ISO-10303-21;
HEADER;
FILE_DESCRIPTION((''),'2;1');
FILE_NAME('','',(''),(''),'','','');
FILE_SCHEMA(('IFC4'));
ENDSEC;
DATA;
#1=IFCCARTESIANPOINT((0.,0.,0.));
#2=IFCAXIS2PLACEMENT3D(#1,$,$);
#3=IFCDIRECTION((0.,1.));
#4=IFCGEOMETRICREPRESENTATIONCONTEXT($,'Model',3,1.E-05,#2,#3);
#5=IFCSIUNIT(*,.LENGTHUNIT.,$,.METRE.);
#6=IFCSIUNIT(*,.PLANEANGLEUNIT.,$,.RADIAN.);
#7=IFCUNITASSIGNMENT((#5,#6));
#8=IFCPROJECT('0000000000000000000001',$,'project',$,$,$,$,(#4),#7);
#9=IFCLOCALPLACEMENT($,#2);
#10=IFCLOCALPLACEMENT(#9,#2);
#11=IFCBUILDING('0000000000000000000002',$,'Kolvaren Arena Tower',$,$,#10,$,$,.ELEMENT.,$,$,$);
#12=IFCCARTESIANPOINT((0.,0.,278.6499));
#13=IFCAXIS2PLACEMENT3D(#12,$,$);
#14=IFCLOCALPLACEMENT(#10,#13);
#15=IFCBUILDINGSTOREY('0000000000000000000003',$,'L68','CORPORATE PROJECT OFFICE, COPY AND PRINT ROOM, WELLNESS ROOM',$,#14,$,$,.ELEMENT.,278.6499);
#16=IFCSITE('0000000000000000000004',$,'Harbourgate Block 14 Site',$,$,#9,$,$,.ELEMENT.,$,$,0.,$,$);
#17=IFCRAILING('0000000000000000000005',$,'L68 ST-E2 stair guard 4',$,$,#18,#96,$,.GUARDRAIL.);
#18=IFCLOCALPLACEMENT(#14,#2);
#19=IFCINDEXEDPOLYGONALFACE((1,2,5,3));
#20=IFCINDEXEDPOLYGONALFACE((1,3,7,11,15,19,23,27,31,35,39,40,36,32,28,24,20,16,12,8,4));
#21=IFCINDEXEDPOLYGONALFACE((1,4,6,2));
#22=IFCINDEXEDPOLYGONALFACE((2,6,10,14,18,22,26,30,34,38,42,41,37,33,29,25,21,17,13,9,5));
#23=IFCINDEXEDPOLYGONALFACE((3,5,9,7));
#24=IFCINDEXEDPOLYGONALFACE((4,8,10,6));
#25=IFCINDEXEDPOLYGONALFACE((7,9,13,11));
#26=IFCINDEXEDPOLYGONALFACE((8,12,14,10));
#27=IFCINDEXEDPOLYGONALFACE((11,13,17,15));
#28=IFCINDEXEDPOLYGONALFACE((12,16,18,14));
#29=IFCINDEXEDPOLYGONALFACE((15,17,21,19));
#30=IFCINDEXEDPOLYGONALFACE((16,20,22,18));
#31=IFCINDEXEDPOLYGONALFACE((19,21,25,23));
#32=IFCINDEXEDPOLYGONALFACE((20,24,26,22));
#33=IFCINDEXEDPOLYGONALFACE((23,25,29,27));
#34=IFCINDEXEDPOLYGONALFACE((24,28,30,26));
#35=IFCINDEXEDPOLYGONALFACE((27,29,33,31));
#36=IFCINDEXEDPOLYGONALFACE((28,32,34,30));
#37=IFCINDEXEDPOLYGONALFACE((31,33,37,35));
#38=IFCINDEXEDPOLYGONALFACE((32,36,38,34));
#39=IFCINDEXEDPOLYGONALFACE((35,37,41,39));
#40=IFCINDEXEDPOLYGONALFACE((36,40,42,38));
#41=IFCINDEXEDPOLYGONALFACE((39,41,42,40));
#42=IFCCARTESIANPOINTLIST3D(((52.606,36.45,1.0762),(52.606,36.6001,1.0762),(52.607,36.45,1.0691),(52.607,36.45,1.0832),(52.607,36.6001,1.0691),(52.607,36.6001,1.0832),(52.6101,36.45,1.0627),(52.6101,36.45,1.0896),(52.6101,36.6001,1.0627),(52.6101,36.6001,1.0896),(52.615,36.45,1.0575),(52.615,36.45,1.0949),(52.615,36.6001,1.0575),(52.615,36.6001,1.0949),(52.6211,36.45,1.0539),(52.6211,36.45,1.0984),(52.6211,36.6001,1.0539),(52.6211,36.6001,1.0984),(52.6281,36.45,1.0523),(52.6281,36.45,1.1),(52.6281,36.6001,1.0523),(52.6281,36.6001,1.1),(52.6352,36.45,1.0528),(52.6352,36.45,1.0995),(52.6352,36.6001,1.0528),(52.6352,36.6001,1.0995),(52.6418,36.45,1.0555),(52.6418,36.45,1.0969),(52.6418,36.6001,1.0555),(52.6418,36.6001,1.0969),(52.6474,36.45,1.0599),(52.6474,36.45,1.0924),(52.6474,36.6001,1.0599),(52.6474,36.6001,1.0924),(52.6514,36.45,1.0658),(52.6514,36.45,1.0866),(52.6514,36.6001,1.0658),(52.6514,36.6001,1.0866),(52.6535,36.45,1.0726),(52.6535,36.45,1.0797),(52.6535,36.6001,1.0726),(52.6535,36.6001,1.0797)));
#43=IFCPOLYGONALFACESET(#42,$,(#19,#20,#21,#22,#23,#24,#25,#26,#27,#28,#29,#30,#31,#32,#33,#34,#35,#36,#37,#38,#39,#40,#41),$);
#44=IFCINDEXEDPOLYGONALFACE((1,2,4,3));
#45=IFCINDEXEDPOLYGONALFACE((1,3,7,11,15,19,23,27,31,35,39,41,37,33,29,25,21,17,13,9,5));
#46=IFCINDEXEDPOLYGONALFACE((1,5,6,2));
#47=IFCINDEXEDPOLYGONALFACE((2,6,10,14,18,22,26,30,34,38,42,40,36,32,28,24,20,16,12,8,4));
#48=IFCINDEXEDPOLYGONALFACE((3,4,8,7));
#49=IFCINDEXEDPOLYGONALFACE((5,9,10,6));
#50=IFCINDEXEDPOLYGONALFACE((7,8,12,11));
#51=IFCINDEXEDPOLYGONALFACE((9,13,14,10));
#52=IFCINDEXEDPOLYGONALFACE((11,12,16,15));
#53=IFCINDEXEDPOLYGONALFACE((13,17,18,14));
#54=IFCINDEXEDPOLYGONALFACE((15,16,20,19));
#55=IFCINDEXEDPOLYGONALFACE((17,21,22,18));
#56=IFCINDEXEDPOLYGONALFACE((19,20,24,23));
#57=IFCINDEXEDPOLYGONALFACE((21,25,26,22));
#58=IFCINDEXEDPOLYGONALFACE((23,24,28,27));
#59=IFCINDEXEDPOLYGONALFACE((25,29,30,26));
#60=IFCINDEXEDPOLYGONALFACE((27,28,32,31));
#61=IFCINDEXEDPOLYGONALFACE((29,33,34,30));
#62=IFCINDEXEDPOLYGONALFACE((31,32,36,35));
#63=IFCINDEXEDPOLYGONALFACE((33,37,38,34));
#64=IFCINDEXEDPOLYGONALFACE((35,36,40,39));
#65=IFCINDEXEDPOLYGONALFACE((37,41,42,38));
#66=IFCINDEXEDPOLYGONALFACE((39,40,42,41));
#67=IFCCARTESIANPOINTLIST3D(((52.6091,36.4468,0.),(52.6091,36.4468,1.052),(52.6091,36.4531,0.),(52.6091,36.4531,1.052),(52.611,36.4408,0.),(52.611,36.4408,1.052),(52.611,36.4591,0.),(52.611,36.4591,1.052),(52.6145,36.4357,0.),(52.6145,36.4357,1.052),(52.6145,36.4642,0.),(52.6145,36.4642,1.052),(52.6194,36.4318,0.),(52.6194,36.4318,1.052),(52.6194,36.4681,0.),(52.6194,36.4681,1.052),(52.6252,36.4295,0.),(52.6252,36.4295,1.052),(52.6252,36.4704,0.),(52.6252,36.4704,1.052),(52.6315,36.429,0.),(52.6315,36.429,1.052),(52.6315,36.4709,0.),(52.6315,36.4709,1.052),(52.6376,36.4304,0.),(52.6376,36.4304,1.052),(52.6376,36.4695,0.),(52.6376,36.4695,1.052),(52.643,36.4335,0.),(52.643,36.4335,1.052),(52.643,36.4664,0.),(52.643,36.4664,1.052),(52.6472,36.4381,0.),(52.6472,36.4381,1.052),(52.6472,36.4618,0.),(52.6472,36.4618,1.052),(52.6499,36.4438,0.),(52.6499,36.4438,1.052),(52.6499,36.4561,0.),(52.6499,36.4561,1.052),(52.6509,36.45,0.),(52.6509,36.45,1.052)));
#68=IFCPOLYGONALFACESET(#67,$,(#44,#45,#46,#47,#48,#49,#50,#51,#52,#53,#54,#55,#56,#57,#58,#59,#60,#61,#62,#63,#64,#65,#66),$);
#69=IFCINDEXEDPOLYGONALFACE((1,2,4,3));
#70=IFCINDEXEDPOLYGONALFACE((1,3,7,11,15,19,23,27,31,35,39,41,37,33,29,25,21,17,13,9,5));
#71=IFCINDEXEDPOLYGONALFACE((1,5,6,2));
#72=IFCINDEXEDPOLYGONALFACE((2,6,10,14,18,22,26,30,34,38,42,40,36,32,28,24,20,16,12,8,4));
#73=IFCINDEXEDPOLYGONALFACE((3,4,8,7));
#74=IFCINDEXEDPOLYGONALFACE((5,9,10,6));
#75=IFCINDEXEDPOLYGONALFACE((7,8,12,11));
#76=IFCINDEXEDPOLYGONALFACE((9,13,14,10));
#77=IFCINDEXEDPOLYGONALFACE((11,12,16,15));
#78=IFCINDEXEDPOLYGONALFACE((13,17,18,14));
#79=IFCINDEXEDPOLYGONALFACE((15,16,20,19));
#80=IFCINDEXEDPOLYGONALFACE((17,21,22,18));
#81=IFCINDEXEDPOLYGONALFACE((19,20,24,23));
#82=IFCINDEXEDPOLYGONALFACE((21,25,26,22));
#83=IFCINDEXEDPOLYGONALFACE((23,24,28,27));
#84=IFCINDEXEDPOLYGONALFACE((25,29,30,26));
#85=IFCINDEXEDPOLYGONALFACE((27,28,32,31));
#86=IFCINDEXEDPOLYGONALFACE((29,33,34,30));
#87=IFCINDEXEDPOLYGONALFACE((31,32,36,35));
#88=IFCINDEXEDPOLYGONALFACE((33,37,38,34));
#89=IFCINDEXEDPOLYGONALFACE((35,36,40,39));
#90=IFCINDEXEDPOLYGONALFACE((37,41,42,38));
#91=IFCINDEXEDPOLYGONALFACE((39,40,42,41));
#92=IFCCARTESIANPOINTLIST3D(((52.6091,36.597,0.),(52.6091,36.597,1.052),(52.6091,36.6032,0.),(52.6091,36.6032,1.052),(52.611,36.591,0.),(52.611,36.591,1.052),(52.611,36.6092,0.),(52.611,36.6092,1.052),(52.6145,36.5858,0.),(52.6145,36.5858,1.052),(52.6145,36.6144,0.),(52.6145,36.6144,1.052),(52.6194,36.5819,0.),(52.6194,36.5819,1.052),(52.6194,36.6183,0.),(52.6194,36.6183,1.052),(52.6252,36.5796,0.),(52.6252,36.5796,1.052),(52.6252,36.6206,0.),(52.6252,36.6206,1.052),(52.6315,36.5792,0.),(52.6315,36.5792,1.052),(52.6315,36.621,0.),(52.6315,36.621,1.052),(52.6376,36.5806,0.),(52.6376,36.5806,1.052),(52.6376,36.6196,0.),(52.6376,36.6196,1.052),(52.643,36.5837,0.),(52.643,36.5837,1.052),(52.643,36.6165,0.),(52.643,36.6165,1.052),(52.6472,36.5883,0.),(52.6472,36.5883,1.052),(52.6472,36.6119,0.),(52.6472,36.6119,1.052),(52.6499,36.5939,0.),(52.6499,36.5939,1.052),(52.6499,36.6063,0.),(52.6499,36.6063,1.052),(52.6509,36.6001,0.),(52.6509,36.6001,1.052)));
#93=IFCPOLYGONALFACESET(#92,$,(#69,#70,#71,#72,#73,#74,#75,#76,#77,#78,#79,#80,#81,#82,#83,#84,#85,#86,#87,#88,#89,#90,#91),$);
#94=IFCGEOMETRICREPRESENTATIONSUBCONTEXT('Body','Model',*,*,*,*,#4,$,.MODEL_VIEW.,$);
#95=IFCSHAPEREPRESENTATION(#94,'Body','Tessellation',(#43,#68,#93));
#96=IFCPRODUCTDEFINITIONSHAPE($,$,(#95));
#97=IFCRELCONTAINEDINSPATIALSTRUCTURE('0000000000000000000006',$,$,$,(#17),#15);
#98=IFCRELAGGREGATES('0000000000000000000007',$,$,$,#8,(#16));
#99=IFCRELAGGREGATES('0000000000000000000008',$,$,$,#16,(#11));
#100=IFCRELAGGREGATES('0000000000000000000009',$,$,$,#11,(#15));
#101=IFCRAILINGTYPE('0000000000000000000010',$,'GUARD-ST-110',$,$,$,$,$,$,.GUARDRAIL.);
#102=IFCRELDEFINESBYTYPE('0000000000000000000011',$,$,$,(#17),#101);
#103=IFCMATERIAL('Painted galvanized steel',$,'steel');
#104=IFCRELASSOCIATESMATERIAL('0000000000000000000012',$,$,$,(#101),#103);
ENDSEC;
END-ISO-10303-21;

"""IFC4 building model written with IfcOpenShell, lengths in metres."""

from ifc_helpers import new_model, si_unit, direction, frame, origin, origin_2d, place, context, subcontext, project, spatial, circle, extrude, material, type_object, element, save


model = new_model("IFC4")

# Units and contexts
model_context = context("Model", 3, precision=1e-05, world=origin(), true_north=direction((0.0, 1.0)))
body_context = subcontext(model_context, "Body", "Model", "MODEL_VIEW")
ifc_project = project(units=[si_unit("LENGTHUNIT", "METRE"), si_unit("PLANEANGLEUNIT", "RADIAN")], contexts=[model_context])

# Site, building, storey
site_placement = place(None, origin())
site = spatial("IfcSite", under=ifc_project, at=site_placement, Name="Harbourgate Block 14 Site", CompositionType="ELEMENT", RefElevation=0.0)
building_placement = place(site_placement, origin())
building = spatial("IfcBuilding", under=site, at=building_placement, Name="Kolvaren Arena Tower", CompositionType="ELEMENT")
storey_placement = place(building_placement, frame((0.0, 0.0, 278.6499)))
storey = spatial("IfcBuildingStorey", under=building, at=storey_placement, Name="L68", Description="CORPORATE PROJECT OFFICE, COPY AND PRINT ROOM, WELLNESS ROOM", CompositionType="ELEMENT", Elevation=278.6499)

# Railing
ifc_material_1 = material(Name="Painted galvanized steel", Category="steel")
railing_type_1 = type_object("IfcRailingType", Name="GUARD-ST-110", PredefinedType="GUARDRAIL", material=ifc_material_1)
railing_1_placement = place(storey_placement, frame((52.6299, 36.45, 0.0)))
element("IfcRailing", 1, at=railing_1_placement, inside=storey, type_object=railing_type_1, Name="L68 ST-E2 stair guard 4", PredefinedType="GUARDRAIL", context=body_context, shape_type="SweptSolid", body=[
    extrude(circle(Radius=0.0239, at=origin_2d()), frame((0.0, 0.0, 1.0762), z_axis=(0.0, 1.0, 0.0), x_axis=(-1.0, 0.0, 0.0)), (0.0, 0.0, 1.0), 0.1501),
    extrude(circle(Radius=0.021, at=origin_2d()), origin(), (0.0, 0.0, 1.0), 1.052),
    extrude(circle(Radius=0.021, at=origin_2d()), frame((0.0, 0.1501, 0.0)), (0.0, 0.0, 1.0), 1.052),
])

save(model, "model.ifc")
